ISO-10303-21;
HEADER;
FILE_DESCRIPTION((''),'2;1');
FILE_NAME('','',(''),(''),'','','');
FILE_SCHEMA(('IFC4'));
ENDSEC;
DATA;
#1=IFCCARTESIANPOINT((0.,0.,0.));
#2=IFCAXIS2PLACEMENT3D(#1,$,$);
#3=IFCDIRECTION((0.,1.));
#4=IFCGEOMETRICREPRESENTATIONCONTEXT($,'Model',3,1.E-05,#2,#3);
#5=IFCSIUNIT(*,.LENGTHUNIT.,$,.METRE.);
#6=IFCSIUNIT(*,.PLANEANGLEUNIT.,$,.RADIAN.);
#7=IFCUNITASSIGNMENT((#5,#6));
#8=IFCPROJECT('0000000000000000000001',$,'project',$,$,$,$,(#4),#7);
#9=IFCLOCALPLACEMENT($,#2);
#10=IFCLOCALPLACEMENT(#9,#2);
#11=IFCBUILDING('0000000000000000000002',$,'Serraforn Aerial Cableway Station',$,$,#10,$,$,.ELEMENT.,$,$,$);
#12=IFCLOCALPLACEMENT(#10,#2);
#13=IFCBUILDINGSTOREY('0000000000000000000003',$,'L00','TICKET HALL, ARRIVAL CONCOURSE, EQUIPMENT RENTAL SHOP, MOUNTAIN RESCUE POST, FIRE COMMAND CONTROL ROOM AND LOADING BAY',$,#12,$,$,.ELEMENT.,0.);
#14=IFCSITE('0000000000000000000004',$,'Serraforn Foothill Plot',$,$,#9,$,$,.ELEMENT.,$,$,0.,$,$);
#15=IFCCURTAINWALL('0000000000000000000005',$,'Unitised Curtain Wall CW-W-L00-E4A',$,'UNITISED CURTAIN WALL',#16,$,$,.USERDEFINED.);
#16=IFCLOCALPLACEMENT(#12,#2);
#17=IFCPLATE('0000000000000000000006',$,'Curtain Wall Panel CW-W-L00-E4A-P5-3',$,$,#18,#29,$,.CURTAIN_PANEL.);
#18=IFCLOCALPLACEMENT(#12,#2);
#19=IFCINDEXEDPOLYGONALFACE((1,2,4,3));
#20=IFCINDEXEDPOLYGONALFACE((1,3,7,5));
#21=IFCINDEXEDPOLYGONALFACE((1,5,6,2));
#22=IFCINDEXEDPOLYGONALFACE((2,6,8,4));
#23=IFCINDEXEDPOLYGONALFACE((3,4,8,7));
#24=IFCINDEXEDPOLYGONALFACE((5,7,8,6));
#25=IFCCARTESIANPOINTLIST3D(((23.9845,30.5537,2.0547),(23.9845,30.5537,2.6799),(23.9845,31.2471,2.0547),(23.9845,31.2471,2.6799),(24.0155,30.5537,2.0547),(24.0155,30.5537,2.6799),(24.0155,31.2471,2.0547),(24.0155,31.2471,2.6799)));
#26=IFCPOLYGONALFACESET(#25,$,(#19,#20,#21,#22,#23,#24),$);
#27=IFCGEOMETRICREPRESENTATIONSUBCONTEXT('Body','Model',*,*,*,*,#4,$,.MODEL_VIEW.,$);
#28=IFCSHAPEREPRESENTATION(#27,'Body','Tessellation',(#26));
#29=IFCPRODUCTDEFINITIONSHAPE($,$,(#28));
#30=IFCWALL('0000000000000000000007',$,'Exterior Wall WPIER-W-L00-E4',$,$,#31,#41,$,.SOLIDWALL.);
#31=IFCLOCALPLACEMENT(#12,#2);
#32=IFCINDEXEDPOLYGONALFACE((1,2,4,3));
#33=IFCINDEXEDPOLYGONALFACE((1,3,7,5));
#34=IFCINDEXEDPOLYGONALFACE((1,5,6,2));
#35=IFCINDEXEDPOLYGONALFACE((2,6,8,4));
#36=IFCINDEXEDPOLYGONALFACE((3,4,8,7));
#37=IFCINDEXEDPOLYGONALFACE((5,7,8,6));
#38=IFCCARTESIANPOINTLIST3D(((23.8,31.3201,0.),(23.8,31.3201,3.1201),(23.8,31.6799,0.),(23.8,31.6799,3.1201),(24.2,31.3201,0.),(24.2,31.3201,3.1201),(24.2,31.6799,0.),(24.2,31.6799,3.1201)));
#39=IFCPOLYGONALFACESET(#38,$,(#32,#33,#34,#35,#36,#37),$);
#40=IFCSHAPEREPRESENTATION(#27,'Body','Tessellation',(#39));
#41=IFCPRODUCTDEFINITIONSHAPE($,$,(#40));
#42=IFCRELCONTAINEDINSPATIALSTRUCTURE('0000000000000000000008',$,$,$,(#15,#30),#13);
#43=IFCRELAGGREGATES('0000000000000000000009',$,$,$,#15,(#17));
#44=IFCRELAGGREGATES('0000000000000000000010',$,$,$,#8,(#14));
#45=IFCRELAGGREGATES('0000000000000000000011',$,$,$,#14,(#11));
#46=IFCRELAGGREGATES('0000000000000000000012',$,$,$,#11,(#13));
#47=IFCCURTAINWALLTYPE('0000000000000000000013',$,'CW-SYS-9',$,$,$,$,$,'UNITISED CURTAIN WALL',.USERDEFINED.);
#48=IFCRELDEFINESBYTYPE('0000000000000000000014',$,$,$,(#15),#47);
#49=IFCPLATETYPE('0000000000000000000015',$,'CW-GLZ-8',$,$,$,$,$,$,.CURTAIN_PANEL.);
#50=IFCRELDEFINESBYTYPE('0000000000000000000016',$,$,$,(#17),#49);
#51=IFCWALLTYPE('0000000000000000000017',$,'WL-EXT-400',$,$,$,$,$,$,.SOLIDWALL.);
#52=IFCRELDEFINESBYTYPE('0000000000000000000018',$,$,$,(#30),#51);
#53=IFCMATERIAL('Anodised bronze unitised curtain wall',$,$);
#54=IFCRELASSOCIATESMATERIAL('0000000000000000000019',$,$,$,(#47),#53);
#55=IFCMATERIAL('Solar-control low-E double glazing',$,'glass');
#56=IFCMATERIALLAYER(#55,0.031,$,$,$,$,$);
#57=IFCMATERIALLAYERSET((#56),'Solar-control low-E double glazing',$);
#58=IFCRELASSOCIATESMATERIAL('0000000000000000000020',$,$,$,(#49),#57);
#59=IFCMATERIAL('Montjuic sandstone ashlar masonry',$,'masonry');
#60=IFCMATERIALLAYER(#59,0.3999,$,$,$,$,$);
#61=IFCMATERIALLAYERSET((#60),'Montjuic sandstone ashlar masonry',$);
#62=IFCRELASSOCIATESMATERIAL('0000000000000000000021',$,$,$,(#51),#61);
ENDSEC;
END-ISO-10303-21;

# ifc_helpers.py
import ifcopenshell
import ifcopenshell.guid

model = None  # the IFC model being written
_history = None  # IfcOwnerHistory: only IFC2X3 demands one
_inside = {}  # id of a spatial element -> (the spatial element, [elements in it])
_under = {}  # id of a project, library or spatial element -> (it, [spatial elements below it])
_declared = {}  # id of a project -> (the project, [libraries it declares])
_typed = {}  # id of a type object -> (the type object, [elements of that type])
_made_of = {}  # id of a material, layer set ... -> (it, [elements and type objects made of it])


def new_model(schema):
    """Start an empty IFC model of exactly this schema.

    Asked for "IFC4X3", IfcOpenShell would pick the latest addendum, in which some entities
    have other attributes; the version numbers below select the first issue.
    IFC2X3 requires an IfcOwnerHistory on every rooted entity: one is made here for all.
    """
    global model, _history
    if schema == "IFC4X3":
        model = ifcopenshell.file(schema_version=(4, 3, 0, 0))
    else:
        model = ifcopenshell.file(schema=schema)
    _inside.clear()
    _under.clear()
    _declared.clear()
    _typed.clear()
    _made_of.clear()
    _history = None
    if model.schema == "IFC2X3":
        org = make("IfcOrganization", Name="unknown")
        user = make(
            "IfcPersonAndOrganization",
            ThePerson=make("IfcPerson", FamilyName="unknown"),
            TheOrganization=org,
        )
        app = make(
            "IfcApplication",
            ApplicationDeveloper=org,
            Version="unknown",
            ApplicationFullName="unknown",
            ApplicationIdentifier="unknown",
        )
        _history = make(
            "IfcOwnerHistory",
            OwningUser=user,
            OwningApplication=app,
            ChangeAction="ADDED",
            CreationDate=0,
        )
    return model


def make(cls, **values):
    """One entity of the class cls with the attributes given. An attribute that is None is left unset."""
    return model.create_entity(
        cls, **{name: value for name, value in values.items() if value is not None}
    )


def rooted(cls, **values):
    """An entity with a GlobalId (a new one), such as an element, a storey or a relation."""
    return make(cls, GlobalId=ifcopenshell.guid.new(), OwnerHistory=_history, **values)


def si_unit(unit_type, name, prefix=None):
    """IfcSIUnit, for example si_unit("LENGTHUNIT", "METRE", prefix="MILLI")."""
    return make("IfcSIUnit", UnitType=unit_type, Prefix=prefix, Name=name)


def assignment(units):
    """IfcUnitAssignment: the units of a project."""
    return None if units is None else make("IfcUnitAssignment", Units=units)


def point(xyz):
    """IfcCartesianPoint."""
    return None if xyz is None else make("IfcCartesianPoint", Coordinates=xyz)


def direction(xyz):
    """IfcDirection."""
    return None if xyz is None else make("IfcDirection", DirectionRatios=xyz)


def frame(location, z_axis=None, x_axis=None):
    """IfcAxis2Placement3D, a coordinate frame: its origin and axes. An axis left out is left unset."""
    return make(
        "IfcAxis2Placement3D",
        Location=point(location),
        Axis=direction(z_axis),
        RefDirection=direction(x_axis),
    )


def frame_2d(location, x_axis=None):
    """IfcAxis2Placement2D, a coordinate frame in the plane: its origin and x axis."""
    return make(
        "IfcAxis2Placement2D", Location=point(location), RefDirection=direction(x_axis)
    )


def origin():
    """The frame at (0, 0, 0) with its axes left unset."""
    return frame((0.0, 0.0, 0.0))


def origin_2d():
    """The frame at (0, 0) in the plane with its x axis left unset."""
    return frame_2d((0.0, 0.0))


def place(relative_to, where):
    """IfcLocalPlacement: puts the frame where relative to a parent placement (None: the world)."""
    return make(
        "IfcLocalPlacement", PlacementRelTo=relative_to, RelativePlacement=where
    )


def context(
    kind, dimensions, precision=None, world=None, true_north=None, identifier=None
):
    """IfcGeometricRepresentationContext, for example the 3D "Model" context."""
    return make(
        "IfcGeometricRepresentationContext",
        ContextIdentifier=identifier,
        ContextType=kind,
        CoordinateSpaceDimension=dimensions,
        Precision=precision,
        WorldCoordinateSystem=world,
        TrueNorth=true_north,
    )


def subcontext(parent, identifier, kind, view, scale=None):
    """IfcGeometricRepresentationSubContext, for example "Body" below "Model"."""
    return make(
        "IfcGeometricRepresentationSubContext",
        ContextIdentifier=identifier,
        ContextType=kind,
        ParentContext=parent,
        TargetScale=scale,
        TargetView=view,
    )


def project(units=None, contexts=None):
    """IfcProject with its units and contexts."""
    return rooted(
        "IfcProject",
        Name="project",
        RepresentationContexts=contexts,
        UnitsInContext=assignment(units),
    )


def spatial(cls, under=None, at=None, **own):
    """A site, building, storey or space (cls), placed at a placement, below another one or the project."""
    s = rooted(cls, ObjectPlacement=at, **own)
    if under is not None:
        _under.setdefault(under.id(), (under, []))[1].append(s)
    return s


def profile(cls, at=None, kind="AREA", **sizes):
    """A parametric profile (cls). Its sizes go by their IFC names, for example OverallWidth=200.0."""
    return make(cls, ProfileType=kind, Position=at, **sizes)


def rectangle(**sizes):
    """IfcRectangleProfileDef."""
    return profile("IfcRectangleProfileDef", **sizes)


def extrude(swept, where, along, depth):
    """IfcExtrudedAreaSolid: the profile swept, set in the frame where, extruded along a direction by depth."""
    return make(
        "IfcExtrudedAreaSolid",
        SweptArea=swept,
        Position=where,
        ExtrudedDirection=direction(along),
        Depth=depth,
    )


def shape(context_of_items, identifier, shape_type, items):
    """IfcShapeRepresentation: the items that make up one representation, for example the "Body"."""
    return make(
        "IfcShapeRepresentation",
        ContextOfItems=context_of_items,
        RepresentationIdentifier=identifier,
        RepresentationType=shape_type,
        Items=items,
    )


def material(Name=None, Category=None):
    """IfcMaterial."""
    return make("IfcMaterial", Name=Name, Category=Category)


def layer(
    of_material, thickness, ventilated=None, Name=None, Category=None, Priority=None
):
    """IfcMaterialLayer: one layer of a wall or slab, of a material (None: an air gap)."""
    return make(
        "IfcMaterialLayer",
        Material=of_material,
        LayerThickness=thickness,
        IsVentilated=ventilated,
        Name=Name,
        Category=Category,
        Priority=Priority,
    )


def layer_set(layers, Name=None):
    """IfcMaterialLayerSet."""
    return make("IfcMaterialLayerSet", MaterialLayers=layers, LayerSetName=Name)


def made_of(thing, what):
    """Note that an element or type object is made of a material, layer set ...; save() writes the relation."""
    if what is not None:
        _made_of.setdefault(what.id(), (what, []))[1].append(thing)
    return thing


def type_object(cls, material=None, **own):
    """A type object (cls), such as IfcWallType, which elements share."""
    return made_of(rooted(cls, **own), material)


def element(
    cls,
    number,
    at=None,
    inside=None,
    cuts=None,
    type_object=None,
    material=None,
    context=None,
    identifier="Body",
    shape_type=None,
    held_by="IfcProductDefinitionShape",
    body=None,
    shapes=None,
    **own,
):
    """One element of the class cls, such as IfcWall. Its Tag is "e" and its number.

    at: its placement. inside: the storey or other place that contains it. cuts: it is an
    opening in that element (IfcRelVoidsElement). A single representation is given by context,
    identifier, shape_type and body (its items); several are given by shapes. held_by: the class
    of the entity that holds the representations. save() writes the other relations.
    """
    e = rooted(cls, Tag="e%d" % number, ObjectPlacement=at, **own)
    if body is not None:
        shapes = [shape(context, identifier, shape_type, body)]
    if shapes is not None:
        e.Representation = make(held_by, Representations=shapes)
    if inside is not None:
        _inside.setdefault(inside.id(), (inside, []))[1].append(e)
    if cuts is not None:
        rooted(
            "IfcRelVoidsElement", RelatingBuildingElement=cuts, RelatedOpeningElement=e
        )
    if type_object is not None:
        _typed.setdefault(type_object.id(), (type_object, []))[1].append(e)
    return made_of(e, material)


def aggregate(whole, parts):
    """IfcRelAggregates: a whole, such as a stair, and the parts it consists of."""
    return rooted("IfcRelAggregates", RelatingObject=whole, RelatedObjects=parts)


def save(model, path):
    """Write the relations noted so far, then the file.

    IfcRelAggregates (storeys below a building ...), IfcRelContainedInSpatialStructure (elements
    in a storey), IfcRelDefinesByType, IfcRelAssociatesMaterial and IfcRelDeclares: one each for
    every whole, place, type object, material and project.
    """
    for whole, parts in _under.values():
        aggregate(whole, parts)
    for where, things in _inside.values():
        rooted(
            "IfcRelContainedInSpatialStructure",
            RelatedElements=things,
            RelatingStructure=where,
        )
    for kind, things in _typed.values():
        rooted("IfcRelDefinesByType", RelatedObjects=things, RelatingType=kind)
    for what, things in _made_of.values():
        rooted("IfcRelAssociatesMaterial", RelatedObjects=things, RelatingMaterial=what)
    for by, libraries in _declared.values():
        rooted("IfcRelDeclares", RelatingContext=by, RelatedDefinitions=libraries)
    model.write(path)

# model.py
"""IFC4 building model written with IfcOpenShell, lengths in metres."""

from ifc_helpers import new_model, si_unit, direction, frame, frame_2d, origin, origin_2d, place, context, subcontext, project, spatial, rectangle, extrude, material, layer, layer_set, type_object, element, aggregate, save


model = new_model("IFC4")

# Units and contexts
model_context = context("Model", 3, precision=1e-05, world=origin(), true_north=direction((0.0, 1.0)))
body_context = subcontext(model_context, "Body", "Model", "MODEL_VIEW")
ifc_project = project(units=[si_unit("LENGTHUNIT", "METRE"), si_unit("PLANEANGLEUNIT", "RADIAN")], contexts=[model_context])

# Site, building, storey
site_placement = place(None, origin())
site = spatial("IfcSite", under=ifc_project, at=site_placement, Name="Serraforn Foothill Plot", CompositionType="ELEMENT", RefElevation=0.0)
building_placement = place(site_placement, origin())
building = spatial("IfcBuilding", under=site, at=building_placement, Name="Serraforn Aerial Cableway Station", CompositionType="ELEMENT")
storey_placement = place(building_placement, origin())
storey = spatial("IfcBuildingStorey", under=building, at=storey_placement, Name="L00", Description="TICKET HALL, ARRIVAL CONCOURSE, EQUIPMENT RENTAL SHOP, MOUNTAIN RESCUE POST, FIRE COMMAND CONTROL ROOM AND LOADING BAY", CompositionType="ELEMENT", Elevation=0.0)

# Curtain wall
ifc_material_1 = material(Name="Anodised bronze unitised curtain wall")
curtain_wall_type_1 = type_object("IfcCurtainWallType", Name="CW-SYS-9", ElementType="UNITISED CURTAIN WALL", PredefinedType="USERDEFINED", material=ifc_material_1)
curtain_wall_1_placement = place(storey_placement, origin())
curtain_wall_1 = element("IfcCurtainWall", 1, at=curtain_wall_1_placement, inside=storey, type_object=curtain_wall_type_1, Name="Unitised Curtain Wall CW-W-L00-E4A", ObjectType="UNITISED CURTAIN WALL", PredefinedType="USERDEFINED")

# Plate
ifc_material_2 = material(Name="Solar-control low-E double glazing", Category="glass")
ifc_layer_1 = layer(ifc_material_2, 0.031)
ifc_layer_set_1 = layer_set([ifc_layer_1], Name="Solar-control low-E double glazing")
plate_type_1 = type_object("IfcPlateType", Name="CW-GLZ-8", PredefinedType="CURTAIN_PANEL", material=ifc_layer_set_1)
plate_1_placement = place(storey_placement, frame((24.0, 30.9004, 2.0547), z_axis=(0.0, 0.0, 1.0), x_axis=(1.0, 0.0, 0.0)))
plate_1 = element("IfcPlate", 2, at=plate_1_placement, type_object=plate_type_1, Name="Curtain Wall Panel CW-W-L00-E4A-P5-3", PredefinedType="CURTAIN_PANEL", context=body_context, shape_type="SweptSolid", body=[
    extrude(rectangle(XDim=0.031, YDim=0.6934, at=origin_2d()), origin(), (0.0, 0.0, 1.0), 0.6252),
])
aggregate(curtain_wall_1, [plate_1])

# Wall
ifc_material_3 = material(Name="Montjuic sandstone ashlar masonry", Category="masonry")
ifc_layer_2 = layer(ifc_material_3, 0.3999)
ifc_layer_set_2 = layer_set([ifc_layer_2], Name="Montjuic sandstone ashlar masonry")
wall_type = type_object("IfcWallType", Name="WL-EXT-400", PredefinedType="SOLIDWALL", material=ifc_layer_set_2)
wall_placement = place(storey_placement, frame((24.0, 31.3201, 0.0), z_axis=(0.0, 0.0, 1.0), x_axis=(0.0, 1.0, 0.0)))
element("IfcWall", 3, at=wall_placement, inside=storey, type_object=wall_type, Name="Exterior Wall WPIER-W-L00-E4", PredefinedType="SOLIDWALL", context=body_context, shape_type="SweptSolid", body=[
    extrude(rectangle(XDim=0.3599, YDim=0.3999, at=frame_2d((0.1799, 0.0))), origin(), (0.0, 0.0, 1.0), 3.1201),
])

save(model, "model.ifc")
